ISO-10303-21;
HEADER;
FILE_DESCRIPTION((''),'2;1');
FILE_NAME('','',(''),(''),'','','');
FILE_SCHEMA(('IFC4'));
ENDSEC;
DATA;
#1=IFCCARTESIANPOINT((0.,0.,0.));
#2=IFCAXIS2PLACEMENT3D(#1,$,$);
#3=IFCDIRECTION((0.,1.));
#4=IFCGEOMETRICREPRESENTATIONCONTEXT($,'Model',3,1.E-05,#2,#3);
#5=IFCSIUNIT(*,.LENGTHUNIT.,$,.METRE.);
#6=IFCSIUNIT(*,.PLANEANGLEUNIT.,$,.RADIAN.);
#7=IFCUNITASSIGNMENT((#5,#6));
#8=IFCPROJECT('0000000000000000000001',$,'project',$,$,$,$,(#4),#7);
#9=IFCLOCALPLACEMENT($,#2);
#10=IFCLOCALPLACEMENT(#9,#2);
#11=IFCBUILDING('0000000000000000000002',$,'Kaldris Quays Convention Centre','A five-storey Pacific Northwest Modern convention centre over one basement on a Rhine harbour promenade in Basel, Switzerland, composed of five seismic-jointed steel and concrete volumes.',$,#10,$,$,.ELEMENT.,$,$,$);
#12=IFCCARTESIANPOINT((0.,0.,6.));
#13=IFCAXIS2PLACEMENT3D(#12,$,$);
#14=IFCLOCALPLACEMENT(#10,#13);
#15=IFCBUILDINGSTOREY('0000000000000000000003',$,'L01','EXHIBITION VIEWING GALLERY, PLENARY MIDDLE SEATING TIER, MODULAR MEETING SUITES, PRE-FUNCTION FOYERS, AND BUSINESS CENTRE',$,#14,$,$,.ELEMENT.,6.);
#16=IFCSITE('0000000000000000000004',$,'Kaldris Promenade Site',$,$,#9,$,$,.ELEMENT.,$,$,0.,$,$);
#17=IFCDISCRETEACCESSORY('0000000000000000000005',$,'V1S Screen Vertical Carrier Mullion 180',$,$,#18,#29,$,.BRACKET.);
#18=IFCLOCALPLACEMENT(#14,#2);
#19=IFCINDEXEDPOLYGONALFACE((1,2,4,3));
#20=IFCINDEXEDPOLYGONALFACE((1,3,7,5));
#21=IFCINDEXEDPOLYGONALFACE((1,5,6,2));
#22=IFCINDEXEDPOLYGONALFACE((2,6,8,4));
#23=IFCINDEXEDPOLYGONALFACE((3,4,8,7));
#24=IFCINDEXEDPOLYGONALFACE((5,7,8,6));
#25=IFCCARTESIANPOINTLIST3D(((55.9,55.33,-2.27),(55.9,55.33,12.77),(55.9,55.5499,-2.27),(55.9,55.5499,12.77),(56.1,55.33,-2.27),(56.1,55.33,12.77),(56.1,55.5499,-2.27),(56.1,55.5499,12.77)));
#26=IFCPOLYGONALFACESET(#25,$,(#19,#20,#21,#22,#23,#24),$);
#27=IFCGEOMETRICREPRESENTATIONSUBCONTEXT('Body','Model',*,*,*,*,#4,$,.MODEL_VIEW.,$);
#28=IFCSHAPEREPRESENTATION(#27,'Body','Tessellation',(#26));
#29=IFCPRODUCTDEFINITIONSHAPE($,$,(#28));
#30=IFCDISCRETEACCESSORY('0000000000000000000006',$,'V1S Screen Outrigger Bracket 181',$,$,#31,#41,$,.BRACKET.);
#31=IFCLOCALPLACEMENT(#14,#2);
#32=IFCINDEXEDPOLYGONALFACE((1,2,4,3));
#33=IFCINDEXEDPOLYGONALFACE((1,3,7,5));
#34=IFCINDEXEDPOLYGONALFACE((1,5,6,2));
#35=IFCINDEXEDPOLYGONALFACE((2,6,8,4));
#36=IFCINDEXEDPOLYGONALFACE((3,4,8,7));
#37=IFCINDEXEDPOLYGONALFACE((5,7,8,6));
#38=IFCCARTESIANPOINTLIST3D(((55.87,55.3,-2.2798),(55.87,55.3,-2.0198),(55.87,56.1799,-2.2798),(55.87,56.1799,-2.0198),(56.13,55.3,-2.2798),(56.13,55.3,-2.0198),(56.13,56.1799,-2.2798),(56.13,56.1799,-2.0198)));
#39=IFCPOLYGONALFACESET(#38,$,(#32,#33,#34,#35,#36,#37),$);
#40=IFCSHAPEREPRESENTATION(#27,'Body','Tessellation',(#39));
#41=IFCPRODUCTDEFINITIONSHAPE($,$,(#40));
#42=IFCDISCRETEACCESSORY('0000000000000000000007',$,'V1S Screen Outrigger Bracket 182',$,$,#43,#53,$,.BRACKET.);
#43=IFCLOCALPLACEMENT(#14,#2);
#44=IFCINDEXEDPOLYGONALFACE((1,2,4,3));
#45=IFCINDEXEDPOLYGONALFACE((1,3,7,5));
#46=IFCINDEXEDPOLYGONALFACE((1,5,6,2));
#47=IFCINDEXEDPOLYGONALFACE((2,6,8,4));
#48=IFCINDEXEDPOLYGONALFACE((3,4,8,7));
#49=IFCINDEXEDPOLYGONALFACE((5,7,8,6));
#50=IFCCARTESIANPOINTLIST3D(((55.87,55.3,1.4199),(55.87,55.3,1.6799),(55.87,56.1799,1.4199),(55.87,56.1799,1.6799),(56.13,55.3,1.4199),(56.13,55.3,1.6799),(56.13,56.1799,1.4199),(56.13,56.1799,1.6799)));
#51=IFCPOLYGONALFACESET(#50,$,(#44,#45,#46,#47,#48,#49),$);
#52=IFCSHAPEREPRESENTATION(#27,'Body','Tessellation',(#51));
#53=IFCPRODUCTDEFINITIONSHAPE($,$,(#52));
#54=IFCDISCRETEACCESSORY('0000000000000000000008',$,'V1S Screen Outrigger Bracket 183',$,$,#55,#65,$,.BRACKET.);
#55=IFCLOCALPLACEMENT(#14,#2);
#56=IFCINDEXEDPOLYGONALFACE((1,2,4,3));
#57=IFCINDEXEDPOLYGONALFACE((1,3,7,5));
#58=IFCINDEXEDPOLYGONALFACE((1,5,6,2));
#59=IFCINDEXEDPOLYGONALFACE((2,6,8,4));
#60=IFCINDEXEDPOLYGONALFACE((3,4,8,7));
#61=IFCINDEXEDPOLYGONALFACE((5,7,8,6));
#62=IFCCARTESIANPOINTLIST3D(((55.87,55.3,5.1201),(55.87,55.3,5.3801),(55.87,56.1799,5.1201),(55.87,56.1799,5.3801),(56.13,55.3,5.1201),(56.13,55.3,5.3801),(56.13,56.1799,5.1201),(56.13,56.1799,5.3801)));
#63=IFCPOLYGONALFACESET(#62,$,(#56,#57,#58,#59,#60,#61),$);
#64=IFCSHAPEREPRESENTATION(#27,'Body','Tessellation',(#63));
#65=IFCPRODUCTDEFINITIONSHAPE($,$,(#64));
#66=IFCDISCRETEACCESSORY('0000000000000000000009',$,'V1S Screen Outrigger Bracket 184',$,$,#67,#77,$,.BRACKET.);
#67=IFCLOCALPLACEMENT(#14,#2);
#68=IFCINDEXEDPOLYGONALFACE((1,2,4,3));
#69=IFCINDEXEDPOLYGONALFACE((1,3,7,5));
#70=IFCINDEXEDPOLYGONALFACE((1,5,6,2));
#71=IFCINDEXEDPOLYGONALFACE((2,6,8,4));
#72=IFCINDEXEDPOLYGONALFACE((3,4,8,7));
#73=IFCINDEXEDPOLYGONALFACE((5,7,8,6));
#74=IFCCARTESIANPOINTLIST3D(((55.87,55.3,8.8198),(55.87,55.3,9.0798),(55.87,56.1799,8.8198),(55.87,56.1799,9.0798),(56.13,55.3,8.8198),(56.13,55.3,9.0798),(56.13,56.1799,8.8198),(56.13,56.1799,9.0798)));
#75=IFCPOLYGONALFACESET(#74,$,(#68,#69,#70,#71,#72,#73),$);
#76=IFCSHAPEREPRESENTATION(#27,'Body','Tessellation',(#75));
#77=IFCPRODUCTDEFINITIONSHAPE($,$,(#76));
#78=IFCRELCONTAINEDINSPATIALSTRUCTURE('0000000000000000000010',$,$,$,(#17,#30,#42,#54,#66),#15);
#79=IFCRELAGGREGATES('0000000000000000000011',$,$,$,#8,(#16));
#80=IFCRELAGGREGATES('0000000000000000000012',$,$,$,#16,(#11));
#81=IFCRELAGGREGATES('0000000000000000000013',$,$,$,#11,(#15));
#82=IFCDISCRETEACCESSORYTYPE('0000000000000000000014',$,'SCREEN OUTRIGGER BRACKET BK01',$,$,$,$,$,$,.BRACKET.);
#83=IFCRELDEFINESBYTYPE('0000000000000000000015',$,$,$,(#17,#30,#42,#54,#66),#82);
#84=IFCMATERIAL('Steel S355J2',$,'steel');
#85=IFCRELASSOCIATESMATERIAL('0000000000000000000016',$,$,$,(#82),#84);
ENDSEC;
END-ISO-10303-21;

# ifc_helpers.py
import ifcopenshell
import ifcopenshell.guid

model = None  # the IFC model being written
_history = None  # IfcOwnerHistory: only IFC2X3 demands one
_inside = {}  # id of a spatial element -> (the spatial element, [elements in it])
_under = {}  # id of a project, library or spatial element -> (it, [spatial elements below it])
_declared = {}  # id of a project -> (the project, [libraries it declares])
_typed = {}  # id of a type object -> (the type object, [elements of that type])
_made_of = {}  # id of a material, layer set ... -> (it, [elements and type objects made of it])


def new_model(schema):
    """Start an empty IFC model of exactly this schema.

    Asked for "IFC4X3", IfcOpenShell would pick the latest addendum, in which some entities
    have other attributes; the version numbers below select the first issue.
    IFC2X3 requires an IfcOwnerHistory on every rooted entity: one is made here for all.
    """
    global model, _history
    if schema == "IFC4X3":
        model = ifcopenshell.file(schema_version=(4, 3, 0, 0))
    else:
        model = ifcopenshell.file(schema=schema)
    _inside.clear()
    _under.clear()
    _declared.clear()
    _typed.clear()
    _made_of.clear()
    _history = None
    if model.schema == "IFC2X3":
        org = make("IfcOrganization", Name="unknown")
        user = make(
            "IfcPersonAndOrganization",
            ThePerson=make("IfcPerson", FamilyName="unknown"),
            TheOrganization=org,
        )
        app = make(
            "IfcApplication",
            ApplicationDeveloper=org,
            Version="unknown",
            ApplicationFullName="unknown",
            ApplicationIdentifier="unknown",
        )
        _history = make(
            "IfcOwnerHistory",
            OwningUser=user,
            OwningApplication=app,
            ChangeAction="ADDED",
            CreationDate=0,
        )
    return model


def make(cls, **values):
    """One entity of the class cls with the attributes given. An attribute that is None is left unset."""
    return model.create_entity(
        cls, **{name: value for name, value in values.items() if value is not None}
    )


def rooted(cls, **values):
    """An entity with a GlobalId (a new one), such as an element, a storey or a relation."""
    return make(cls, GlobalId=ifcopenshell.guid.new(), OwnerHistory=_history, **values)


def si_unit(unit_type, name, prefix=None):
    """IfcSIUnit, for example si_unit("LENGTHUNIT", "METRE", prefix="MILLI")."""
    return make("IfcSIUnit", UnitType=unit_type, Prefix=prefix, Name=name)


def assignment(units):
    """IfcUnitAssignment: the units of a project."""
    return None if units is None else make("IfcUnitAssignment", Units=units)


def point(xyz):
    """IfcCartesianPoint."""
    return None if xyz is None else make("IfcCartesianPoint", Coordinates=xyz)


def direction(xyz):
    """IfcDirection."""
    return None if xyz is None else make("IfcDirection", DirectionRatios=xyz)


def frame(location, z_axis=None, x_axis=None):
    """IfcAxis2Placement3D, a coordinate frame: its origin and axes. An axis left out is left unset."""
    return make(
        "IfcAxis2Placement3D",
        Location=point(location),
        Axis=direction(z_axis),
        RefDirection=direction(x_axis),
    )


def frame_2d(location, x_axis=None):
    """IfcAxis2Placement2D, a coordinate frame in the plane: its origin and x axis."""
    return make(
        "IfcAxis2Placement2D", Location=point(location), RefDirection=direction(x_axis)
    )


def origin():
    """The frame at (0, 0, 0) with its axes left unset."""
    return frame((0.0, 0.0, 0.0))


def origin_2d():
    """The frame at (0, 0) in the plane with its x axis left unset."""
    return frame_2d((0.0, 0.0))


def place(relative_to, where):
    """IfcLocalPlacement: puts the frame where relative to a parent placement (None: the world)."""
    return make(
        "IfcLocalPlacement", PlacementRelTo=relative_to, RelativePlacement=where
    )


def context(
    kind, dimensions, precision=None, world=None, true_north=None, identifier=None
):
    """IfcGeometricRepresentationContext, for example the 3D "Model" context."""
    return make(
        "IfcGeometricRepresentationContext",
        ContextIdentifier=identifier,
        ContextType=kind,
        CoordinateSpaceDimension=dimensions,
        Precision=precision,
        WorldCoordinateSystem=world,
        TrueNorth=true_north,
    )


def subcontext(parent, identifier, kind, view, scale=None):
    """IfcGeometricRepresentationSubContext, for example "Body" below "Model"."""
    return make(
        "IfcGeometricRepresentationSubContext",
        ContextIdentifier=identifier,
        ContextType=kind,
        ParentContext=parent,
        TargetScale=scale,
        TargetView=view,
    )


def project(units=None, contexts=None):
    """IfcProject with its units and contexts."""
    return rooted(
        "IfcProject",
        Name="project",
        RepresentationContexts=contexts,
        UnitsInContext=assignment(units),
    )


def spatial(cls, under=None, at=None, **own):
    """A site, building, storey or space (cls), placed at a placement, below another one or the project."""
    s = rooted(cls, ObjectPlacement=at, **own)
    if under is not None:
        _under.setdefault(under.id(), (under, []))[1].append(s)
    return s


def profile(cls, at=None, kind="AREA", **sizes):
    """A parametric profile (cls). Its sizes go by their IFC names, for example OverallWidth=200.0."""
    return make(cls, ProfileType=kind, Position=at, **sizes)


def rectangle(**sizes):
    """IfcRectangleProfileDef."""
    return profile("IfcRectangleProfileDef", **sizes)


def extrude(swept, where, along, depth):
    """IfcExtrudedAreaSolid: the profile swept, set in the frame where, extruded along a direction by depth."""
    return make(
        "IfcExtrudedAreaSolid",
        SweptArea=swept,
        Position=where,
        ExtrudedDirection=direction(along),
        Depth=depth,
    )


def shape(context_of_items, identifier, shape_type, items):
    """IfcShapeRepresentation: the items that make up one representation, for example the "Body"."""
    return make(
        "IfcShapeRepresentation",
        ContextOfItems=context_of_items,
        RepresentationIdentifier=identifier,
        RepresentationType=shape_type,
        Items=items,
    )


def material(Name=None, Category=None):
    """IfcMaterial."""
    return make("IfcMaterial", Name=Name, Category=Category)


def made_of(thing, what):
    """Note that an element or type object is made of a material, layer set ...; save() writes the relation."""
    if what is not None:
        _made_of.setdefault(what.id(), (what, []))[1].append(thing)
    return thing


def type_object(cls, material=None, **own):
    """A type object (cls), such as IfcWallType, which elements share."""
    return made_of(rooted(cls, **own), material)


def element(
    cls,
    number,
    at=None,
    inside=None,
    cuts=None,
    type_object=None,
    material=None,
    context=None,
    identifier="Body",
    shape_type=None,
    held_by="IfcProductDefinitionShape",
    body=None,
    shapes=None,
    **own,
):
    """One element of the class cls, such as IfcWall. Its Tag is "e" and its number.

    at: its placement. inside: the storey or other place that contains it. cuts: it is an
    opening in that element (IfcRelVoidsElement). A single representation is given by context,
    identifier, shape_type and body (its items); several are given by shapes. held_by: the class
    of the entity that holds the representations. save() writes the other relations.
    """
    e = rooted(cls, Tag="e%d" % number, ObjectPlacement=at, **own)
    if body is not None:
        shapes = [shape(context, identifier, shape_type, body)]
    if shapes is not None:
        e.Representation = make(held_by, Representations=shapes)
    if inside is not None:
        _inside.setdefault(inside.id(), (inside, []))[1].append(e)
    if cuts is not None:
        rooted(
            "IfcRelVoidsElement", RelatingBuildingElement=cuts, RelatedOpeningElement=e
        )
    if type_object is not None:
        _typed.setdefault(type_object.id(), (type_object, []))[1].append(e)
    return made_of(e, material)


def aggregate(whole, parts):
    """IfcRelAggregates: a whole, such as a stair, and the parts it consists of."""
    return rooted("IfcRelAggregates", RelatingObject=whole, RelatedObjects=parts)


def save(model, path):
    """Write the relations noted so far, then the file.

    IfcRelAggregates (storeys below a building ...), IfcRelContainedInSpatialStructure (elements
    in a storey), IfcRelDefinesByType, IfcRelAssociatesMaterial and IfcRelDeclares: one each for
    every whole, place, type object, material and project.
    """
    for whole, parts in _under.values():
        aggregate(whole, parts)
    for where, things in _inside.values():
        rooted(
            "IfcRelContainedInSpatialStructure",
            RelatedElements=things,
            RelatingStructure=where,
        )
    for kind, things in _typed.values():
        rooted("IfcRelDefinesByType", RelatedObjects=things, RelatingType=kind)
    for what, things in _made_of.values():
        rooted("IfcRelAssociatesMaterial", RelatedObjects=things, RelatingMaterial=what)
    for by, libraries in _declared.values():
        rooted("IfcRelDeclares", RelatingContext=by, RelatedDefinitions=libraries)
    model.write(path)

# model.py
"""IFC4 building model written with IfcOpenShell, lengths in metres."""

from ifc_helpers import new_model, si_unit, direction, frame, origin, origin_2d, place, context, subcontext, project, spatial, rectangle, extrude, material, type_object, element, save


model = new_model("IFC4")

# Units and contexts
model_context = context("Model", 3, precision=1e-05, world=origin(), true_north=direction((0.0, 1.0)))
body_context = subcontext(model_context, "Body", "Model", "MODEL_VIEW")
ifc_project = project(units=[si_unit("LENGTHUNIT", "METRE"), si_unit("PLANEANGLEUNIT", "RADIAN")], contexts=[model_context])

# Site, building, storey
site_placement = place(None, origin())
site = spatial("IfcSite", under=ifc_project, at=site_placement, Name="Kaldris Promenade Site", CompositionType="ELEMENT", RefElevation=0.0)
building_placement = place(site_placement, origin())
building = spatial("IfcBuilding", under=site, at=building_placement, Name="Kaldris Quays Convention Centre", Description="A five-storey Pacific Northwest Modern convention centre over one basement on a Rhine harbour promenade in Basel, Switzerland, composed of five seismic-jointed steel and concrete volumes.", CompositionType="ELEMENT")
storey_placement = place(building_placement, frame((0.0, 0.0, 6.0)))
storey = spatial("IfcBuildingStorey", under=building, at=storey_placement, Name="L01", Description="EXHIBITION VIEWING GALLERY, PLENARY MIDDLE SEATING TIER, MODULAR MEETING SUITES, PRE-FUNCTION FOYERS, AND BUSINESS CENTRE", CompositionType="ELEMENT", Elevation=6.0)

# Shared definitions
ifc_material_1 = material(Name="Steel S355J2", Category="steel")

# Discrete accessories
discrete_accessory_type = type_object("IfcDiscreteAccessoryType", Name="SCREEN OUTRIGGER BRACKET BK01", PredefinedType="BRACKET", material=ifc_material_1)
discrete_accessory_1_placement = place(storey_placement, frame((56.0, 55.4399, -2.27), z_axis=(0.0, 0.0, 1.0), x_axis=(1.0, 0.0, 0.0)))
element("IfcDiscreteAccessory", 1, at=discrete_accessory_1_placement, inside=storey, type_object=discrete_accessory_type, Name="V1S Screen Vertical Carrier Mullion 180", PredefinedType="BRACKET", context=body_context, shape_type="SweptSolid", body=[
    extrude(rectangle(XDim=0.2, YDim=0.22, at=origin_2d()), origin(), (0.0, 0.0, 1.0), 15.04),
])
for number, where, z_axis, x_axis, name in (
    (2, (56.0, 55.74, -2.2798), (0.0, 0.0, 1.0), (1.0, 0.0, 0.0), "V1S Screen Outrigger Bracket 181"),
    (3, (56.0, 55.74, 1.4199), (0.0, 0.0, 1.0), (1.0, 0.0, 0.0), "V1S Screen Outrigger Bracket 182"),
    (4, (56.0, 55.74, 5.1201), (0.0, 0.0, 1.0), (1.0, 0.0, 0.0), "V1S Screen Outrigger Bracket 183"),
    (5, (56.0, 55.74, 8.8198), (0.0, 0.0, 1.0), (1.0, 0.0, 0.0), "V1S Screen Outrigger Bracket 184"),
):
    element("IfcDiscreteAccessory", number, at=place(storey_placement, frame(where, z_axis=z_axis, x_axis=x_axis)), inside=storey, type_object=discrete_accessory_type, Name=name, PredefinedType="BRACKET", context=body_context, shape_type="SweptSolid", body=[
        extrude(rectangle(XDim=0.26, YDim=0.8799, at=origin_2d()), origin(), (0.0, 0.0, 1.0), 0.26),
    ])

save(model, "model.ifc")
